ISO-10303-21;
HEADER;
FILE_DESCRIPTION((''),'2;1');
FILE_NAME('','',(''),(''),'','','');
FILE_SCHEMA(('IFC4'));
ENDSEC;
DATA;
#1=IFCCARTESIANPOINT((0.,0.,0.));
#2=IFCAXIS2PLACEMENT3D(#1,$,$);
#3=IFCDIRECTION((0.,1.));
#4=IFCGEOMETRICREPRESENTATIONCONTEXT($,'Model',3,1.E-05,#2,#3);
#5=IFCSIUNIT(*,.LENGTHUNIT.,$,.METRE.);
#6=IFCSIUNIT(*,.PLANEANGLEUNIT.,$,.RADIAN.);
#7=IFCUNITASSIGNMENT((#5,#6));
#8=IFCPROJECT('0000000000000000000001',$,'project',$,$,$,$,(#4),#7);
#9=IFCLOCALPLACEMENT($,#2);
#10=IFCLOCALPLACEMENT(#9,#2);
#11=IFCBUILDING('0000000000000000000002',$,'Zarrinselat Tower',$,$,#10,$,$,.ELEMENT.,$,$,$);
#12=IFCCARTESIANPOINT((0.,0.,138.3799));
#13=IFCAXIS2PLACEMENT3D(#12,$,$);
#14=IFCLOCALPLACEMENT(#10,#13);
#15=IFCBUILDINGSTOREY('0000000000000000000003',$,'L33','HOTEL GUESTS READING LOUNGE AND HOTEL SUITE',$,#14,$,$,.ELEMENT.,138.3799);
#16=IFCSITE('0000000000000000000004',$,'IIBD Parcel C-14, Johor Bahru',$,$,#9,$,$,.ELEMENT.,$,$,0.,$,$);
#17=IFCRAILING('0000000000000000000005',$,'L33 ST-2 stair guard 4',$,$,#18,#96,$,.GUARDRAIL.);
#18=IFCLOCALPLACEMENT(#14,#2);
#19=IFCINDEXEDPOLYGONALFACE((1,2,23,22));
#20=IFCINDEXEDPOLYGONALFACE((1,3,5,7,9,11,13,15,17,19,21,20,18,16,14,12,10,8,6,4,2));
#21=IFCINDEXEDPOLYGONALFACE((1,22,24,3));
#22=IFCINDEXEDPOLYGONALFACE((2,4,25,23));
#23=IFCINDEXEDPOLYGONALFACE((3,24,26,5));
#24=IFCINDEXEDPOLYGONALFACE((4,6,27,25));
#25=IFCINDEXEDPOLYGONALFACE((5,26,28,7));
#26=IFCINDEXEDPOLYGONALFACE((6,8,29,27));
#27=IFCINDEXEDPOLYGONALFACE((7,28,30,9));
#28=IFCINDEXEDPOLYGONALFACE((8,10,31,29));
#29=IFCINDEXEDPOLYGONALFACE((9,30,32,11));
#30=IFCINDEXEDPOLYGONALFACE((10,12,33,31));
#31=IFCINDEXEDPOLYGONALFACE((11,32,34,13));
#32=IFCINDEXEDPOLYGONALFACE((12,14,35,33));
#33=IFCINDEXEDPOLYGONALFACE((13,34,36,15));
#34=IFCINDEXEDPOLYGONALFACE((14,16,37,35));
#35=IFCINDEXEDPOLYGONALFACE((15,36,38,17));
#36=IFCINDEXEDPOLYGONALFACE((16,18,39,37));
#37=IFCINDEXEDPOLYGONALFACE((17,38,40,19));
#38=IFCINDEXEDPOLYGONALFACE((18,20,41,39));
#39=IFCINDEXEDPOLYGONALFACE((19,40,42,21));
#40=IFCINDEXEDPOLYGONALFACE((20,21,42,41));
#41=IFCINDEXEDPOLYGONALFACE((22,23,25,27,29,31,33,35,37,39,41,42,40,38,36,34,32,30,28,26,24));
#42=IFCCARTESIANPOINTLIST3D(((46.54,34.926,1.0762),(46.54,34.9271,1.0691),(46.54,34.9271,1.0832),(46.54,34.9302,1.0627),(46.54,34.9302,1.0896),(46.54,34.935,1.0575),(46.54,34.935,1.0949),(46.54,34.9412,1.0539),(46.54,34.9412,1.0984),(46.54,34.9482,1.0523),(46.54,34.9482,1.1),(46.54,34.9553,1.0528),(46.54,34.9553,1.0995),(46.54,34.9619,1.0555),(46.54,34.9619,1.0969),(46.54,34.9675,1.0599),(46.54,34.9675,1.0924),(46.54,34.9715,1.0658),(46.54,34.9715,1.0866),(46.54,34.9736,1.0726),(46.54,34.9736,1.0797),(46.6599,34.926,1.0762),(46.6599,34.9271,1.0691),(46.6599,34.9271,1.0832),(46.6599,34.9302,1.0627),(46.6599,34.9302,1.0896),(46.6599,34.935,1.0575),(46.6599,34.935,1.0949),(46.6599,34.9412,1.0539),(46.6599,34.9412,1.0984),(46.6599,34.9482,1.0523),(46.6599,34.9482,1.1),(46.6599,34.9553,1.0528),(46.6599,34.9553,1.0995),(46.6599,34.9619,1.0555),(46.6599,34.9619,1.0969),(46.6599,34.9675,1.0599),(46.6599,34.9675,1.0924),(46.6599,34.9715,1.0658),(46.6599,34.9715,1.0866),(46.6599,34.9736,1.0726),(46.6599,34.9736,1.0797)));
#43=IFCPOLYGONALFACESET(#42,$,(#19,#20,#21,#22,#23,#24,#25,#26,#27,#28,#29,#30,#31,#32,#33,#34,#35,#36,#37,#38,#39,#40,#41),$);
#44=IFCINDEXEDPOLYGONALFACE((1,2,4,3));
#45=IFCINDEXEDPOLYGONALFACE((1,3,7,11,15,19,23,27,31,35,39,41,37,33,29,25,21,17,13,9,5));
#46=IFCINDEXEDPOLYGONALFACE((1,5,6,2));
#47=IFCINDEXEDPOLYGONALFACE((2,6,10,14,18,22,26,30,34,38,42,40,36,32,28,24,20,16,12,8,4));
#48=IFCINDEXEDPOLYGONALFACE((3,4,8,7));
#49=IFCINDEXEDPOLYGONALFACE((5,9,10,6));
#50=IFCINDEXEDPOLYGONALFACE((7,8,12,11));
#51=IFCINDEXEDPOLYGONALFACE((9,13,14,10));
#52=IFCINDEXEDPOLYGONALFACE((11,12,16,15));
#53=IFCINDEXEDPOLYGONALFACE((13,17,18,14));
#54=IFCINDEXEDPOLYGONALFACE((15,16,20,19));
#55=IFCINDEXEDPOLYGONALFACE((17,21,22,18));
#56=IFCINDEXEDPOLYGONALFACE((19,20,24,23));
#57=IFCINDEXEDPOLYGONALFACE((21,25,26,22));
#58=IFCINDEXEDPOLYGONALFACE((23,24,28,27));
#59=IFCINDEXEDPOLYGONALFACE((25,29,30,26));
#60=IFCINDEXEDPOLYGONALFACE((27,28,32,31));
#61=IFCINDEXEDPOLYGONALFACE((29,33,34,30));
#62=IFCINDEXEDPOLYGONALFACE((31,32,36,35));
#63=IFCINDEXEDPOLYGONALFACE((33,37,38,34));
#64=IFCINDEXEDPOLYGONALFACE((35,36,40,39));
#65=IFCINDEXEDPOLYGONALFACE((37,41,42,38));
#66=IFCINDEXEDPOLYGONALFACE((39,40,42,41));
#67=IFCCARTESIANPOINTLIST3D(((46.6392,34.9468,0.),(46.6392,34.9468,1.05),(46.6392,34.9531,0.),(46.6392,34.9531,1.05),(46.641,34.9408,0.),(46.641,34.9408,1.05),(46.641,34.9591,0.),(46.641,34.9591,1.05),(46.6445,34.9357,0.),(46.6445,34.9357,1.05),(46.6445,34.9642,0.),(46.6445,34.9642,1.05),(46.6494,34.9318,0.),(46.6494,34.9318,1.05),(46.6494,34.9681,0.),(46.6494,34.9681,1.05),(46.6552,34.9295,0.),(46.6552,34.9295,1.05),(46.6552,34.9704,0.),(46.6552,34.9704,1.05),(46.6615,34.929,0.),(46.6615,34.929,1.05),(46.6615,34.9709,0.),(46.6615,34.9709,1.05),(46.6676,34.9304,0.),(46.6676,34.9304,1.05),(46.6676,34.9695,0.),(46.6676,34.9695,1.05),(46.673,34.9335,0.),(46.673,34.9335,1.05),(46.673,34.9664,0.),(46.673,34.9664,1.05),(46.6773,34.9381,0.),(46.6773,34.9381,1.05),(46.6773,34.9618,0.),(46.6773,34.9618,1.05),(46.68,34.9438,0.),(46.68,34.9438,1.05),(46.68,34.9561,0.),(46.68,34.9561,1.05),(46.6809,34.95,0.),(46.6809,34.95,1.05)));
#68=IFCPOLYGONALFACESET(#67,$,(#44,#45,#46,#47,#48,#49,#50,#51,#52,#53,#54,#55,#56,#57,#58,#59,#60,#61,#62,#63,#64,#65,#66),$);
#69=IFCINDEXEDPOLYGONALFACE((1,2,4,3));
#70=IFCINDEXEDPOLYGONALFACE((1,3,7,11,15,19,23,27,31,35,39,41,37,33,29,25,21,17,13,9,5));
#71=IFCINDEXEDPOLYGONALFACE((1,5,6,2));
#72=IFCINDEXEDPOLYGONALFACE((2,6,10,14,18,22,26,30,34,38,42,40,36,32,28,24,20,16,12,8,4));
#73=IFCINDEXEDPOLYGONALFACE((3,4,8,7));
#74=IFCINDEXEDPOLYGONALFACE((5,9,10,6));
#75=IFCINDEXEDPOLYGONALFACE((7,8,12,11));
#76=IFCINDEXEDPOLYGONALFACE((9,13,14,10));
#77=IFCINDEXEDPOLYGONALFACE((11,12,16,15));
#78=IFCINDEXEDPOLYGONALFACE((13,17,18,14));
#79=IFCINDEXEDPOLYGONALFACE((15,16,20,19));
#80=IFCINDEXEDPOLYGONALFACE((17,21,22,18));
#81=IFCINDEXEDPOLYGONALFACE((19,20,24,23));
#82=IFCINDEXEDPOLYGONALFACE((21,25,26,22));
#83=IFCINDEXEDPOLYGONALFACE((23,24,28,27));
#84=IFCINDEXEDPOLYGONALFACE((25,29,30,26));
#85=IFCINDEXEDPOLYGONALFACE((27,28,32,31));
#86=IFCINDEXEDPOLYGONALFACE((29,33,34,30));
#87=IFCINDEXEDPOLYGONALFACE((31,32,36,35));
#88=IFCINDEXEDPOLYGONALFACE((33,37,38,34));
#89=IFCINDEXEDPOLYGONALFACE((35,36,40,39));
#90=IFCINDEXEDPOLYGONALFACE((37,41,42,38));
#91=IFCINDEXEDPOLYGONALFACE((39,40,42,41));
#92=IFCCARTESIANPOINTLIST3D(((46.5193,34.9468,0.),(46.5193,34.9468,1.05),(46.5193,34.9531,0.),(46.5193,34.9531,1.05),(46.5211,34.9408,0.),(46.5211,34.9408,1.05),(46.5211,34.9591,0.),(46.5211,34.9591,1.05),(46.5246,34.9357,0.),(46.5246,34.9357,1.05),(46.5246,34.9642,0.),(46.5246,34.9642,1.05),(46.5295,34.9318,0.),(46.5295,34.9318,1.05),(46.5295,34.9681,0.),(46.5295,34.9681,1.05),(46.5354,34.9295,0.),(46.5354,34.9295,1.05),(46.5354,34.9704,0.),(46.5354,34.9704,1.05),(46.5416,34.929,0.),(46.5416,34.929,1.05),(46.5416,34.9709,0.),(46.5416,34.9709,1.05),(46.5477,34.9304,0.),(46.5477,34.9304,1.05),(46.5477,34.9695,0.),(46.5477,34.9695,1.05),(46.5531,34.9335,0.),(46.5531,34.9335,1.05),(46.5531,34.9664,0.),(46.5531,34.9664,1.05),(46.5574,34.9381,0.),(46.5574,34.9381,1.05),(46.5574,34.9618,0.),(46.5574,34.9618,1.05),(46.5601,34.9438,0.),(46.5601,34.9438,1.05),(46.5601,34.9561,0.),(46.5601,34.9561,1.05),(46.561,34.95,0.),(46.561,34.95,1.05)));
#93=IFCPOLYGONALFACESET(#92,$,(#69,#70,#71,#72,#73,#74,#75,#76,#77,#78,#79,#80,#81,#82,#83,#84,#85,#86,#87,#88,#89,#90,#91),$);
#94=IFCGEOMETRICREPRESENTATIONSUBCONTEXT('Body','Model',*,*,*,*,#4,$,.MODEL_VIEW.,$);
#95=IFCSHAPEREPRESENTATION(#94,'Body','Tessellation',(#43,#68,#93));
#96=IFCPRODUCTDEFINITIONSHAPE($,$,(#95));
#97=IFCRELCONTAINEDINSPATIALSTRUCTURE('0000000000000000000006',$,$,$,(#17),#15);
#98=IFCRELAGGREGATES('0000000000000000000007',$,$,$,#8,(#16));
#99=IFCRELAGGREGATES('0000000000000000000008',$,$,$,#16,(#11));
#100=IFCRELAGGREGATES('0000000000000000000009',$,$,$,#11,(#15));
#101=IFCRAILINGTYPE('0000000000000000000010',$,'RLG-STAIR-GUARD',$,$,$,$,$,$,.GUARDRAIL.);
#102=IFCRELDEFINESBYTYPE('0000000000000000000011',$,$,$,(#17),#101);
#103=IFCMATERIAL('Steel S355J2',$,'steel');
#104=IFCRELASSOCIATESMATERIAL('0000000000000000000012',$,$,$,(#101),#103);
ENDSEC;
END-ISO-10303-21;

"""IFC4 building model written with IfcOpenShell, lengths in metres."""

from ifc_helpers import new_model, si_unit, direction, frame, origin, origin_2d, place, context, subcontext, project, spatial, circle, extrude, material, type_object, element, save


model = new_model("IFC4")

# Units and contexts
model_context = context("Model", 3, precision=1e-05, world=origin(), true_north=direction((0.0, 1.0)))
body_context = subcontext(model_context, "Body", "Model", "MODEL_VIEW")
ifc_project = project(units=[si_unit("LENGTHUNIT", "METRE"), si_unit("PLANEANGLEUNIT", "RADIAN")], contexts=[model_context])

# Site, building, storey
site_placement = place(None, origin())
site = spatial("IfcSite", under=ifc_project, at=site_placement, Name="IIBD Parcel C-14, Johor Bahru", CompositionType="ELEMENT", RefElevation=0.0)
building_placement = place(site_placement, origin())
building = spatial("IfcBuilding", under=site, at=building_placement, Name="Zarrinselat Tower", CompositionType="ELEMENT")
storey_placement = place(building_placement, frame((0.0, 0.0, 138.3799)))
storey = spatial("IfcBuildingStorey", under=building, at=storey_placement, Name="L33", Description="HOTEL GUESTS READING LOUNGE AND HOTEL SUITE", CompositionType="ELEMENT", Elevation=138.3799)

# Railing
ifc_material_1 = material(Name="Steel S355J2", Category="steel")
railing_type_1 = type_object("IfcRailingType", Name="RLG-STAIR-GUARD", PredefinedType="GUARDRAIL", material=ifc_material_1)
railing_1_placement = place(storey_placement, frame((46.6599, 34.95, 0.0)))
element("IfcRailing", 1, at=railing_1_placement, inside=storey, type_object=railing_type_1, Name="L33 ST-2 stair guard 4", PredefinedType="GUARDRAIL", context=body_context, shape_type="SweptSolid", body=[
    extrude(circle(Radius=0.0239, at=origin_2d()), frame((0.0, 0.0, 1.0762), z_axis=(-1.0, 0.0, 0.0), x_axis=(0.0, -1.0, 0.0)), (0.0, 0.0, 1.0), 0.1199),
    extrude(circle(Radius=0.021, at=origin_2d()), origin(), (0.0, 0.0, 1.0), 1.05),
    extrude(circle(Radius=0.021, at=origin_2d()), frame((-0.1199, 0.0, 0.0)), (0.0, 0.0, 1.0), 1.05),
])

save(model, "model.ifc")
